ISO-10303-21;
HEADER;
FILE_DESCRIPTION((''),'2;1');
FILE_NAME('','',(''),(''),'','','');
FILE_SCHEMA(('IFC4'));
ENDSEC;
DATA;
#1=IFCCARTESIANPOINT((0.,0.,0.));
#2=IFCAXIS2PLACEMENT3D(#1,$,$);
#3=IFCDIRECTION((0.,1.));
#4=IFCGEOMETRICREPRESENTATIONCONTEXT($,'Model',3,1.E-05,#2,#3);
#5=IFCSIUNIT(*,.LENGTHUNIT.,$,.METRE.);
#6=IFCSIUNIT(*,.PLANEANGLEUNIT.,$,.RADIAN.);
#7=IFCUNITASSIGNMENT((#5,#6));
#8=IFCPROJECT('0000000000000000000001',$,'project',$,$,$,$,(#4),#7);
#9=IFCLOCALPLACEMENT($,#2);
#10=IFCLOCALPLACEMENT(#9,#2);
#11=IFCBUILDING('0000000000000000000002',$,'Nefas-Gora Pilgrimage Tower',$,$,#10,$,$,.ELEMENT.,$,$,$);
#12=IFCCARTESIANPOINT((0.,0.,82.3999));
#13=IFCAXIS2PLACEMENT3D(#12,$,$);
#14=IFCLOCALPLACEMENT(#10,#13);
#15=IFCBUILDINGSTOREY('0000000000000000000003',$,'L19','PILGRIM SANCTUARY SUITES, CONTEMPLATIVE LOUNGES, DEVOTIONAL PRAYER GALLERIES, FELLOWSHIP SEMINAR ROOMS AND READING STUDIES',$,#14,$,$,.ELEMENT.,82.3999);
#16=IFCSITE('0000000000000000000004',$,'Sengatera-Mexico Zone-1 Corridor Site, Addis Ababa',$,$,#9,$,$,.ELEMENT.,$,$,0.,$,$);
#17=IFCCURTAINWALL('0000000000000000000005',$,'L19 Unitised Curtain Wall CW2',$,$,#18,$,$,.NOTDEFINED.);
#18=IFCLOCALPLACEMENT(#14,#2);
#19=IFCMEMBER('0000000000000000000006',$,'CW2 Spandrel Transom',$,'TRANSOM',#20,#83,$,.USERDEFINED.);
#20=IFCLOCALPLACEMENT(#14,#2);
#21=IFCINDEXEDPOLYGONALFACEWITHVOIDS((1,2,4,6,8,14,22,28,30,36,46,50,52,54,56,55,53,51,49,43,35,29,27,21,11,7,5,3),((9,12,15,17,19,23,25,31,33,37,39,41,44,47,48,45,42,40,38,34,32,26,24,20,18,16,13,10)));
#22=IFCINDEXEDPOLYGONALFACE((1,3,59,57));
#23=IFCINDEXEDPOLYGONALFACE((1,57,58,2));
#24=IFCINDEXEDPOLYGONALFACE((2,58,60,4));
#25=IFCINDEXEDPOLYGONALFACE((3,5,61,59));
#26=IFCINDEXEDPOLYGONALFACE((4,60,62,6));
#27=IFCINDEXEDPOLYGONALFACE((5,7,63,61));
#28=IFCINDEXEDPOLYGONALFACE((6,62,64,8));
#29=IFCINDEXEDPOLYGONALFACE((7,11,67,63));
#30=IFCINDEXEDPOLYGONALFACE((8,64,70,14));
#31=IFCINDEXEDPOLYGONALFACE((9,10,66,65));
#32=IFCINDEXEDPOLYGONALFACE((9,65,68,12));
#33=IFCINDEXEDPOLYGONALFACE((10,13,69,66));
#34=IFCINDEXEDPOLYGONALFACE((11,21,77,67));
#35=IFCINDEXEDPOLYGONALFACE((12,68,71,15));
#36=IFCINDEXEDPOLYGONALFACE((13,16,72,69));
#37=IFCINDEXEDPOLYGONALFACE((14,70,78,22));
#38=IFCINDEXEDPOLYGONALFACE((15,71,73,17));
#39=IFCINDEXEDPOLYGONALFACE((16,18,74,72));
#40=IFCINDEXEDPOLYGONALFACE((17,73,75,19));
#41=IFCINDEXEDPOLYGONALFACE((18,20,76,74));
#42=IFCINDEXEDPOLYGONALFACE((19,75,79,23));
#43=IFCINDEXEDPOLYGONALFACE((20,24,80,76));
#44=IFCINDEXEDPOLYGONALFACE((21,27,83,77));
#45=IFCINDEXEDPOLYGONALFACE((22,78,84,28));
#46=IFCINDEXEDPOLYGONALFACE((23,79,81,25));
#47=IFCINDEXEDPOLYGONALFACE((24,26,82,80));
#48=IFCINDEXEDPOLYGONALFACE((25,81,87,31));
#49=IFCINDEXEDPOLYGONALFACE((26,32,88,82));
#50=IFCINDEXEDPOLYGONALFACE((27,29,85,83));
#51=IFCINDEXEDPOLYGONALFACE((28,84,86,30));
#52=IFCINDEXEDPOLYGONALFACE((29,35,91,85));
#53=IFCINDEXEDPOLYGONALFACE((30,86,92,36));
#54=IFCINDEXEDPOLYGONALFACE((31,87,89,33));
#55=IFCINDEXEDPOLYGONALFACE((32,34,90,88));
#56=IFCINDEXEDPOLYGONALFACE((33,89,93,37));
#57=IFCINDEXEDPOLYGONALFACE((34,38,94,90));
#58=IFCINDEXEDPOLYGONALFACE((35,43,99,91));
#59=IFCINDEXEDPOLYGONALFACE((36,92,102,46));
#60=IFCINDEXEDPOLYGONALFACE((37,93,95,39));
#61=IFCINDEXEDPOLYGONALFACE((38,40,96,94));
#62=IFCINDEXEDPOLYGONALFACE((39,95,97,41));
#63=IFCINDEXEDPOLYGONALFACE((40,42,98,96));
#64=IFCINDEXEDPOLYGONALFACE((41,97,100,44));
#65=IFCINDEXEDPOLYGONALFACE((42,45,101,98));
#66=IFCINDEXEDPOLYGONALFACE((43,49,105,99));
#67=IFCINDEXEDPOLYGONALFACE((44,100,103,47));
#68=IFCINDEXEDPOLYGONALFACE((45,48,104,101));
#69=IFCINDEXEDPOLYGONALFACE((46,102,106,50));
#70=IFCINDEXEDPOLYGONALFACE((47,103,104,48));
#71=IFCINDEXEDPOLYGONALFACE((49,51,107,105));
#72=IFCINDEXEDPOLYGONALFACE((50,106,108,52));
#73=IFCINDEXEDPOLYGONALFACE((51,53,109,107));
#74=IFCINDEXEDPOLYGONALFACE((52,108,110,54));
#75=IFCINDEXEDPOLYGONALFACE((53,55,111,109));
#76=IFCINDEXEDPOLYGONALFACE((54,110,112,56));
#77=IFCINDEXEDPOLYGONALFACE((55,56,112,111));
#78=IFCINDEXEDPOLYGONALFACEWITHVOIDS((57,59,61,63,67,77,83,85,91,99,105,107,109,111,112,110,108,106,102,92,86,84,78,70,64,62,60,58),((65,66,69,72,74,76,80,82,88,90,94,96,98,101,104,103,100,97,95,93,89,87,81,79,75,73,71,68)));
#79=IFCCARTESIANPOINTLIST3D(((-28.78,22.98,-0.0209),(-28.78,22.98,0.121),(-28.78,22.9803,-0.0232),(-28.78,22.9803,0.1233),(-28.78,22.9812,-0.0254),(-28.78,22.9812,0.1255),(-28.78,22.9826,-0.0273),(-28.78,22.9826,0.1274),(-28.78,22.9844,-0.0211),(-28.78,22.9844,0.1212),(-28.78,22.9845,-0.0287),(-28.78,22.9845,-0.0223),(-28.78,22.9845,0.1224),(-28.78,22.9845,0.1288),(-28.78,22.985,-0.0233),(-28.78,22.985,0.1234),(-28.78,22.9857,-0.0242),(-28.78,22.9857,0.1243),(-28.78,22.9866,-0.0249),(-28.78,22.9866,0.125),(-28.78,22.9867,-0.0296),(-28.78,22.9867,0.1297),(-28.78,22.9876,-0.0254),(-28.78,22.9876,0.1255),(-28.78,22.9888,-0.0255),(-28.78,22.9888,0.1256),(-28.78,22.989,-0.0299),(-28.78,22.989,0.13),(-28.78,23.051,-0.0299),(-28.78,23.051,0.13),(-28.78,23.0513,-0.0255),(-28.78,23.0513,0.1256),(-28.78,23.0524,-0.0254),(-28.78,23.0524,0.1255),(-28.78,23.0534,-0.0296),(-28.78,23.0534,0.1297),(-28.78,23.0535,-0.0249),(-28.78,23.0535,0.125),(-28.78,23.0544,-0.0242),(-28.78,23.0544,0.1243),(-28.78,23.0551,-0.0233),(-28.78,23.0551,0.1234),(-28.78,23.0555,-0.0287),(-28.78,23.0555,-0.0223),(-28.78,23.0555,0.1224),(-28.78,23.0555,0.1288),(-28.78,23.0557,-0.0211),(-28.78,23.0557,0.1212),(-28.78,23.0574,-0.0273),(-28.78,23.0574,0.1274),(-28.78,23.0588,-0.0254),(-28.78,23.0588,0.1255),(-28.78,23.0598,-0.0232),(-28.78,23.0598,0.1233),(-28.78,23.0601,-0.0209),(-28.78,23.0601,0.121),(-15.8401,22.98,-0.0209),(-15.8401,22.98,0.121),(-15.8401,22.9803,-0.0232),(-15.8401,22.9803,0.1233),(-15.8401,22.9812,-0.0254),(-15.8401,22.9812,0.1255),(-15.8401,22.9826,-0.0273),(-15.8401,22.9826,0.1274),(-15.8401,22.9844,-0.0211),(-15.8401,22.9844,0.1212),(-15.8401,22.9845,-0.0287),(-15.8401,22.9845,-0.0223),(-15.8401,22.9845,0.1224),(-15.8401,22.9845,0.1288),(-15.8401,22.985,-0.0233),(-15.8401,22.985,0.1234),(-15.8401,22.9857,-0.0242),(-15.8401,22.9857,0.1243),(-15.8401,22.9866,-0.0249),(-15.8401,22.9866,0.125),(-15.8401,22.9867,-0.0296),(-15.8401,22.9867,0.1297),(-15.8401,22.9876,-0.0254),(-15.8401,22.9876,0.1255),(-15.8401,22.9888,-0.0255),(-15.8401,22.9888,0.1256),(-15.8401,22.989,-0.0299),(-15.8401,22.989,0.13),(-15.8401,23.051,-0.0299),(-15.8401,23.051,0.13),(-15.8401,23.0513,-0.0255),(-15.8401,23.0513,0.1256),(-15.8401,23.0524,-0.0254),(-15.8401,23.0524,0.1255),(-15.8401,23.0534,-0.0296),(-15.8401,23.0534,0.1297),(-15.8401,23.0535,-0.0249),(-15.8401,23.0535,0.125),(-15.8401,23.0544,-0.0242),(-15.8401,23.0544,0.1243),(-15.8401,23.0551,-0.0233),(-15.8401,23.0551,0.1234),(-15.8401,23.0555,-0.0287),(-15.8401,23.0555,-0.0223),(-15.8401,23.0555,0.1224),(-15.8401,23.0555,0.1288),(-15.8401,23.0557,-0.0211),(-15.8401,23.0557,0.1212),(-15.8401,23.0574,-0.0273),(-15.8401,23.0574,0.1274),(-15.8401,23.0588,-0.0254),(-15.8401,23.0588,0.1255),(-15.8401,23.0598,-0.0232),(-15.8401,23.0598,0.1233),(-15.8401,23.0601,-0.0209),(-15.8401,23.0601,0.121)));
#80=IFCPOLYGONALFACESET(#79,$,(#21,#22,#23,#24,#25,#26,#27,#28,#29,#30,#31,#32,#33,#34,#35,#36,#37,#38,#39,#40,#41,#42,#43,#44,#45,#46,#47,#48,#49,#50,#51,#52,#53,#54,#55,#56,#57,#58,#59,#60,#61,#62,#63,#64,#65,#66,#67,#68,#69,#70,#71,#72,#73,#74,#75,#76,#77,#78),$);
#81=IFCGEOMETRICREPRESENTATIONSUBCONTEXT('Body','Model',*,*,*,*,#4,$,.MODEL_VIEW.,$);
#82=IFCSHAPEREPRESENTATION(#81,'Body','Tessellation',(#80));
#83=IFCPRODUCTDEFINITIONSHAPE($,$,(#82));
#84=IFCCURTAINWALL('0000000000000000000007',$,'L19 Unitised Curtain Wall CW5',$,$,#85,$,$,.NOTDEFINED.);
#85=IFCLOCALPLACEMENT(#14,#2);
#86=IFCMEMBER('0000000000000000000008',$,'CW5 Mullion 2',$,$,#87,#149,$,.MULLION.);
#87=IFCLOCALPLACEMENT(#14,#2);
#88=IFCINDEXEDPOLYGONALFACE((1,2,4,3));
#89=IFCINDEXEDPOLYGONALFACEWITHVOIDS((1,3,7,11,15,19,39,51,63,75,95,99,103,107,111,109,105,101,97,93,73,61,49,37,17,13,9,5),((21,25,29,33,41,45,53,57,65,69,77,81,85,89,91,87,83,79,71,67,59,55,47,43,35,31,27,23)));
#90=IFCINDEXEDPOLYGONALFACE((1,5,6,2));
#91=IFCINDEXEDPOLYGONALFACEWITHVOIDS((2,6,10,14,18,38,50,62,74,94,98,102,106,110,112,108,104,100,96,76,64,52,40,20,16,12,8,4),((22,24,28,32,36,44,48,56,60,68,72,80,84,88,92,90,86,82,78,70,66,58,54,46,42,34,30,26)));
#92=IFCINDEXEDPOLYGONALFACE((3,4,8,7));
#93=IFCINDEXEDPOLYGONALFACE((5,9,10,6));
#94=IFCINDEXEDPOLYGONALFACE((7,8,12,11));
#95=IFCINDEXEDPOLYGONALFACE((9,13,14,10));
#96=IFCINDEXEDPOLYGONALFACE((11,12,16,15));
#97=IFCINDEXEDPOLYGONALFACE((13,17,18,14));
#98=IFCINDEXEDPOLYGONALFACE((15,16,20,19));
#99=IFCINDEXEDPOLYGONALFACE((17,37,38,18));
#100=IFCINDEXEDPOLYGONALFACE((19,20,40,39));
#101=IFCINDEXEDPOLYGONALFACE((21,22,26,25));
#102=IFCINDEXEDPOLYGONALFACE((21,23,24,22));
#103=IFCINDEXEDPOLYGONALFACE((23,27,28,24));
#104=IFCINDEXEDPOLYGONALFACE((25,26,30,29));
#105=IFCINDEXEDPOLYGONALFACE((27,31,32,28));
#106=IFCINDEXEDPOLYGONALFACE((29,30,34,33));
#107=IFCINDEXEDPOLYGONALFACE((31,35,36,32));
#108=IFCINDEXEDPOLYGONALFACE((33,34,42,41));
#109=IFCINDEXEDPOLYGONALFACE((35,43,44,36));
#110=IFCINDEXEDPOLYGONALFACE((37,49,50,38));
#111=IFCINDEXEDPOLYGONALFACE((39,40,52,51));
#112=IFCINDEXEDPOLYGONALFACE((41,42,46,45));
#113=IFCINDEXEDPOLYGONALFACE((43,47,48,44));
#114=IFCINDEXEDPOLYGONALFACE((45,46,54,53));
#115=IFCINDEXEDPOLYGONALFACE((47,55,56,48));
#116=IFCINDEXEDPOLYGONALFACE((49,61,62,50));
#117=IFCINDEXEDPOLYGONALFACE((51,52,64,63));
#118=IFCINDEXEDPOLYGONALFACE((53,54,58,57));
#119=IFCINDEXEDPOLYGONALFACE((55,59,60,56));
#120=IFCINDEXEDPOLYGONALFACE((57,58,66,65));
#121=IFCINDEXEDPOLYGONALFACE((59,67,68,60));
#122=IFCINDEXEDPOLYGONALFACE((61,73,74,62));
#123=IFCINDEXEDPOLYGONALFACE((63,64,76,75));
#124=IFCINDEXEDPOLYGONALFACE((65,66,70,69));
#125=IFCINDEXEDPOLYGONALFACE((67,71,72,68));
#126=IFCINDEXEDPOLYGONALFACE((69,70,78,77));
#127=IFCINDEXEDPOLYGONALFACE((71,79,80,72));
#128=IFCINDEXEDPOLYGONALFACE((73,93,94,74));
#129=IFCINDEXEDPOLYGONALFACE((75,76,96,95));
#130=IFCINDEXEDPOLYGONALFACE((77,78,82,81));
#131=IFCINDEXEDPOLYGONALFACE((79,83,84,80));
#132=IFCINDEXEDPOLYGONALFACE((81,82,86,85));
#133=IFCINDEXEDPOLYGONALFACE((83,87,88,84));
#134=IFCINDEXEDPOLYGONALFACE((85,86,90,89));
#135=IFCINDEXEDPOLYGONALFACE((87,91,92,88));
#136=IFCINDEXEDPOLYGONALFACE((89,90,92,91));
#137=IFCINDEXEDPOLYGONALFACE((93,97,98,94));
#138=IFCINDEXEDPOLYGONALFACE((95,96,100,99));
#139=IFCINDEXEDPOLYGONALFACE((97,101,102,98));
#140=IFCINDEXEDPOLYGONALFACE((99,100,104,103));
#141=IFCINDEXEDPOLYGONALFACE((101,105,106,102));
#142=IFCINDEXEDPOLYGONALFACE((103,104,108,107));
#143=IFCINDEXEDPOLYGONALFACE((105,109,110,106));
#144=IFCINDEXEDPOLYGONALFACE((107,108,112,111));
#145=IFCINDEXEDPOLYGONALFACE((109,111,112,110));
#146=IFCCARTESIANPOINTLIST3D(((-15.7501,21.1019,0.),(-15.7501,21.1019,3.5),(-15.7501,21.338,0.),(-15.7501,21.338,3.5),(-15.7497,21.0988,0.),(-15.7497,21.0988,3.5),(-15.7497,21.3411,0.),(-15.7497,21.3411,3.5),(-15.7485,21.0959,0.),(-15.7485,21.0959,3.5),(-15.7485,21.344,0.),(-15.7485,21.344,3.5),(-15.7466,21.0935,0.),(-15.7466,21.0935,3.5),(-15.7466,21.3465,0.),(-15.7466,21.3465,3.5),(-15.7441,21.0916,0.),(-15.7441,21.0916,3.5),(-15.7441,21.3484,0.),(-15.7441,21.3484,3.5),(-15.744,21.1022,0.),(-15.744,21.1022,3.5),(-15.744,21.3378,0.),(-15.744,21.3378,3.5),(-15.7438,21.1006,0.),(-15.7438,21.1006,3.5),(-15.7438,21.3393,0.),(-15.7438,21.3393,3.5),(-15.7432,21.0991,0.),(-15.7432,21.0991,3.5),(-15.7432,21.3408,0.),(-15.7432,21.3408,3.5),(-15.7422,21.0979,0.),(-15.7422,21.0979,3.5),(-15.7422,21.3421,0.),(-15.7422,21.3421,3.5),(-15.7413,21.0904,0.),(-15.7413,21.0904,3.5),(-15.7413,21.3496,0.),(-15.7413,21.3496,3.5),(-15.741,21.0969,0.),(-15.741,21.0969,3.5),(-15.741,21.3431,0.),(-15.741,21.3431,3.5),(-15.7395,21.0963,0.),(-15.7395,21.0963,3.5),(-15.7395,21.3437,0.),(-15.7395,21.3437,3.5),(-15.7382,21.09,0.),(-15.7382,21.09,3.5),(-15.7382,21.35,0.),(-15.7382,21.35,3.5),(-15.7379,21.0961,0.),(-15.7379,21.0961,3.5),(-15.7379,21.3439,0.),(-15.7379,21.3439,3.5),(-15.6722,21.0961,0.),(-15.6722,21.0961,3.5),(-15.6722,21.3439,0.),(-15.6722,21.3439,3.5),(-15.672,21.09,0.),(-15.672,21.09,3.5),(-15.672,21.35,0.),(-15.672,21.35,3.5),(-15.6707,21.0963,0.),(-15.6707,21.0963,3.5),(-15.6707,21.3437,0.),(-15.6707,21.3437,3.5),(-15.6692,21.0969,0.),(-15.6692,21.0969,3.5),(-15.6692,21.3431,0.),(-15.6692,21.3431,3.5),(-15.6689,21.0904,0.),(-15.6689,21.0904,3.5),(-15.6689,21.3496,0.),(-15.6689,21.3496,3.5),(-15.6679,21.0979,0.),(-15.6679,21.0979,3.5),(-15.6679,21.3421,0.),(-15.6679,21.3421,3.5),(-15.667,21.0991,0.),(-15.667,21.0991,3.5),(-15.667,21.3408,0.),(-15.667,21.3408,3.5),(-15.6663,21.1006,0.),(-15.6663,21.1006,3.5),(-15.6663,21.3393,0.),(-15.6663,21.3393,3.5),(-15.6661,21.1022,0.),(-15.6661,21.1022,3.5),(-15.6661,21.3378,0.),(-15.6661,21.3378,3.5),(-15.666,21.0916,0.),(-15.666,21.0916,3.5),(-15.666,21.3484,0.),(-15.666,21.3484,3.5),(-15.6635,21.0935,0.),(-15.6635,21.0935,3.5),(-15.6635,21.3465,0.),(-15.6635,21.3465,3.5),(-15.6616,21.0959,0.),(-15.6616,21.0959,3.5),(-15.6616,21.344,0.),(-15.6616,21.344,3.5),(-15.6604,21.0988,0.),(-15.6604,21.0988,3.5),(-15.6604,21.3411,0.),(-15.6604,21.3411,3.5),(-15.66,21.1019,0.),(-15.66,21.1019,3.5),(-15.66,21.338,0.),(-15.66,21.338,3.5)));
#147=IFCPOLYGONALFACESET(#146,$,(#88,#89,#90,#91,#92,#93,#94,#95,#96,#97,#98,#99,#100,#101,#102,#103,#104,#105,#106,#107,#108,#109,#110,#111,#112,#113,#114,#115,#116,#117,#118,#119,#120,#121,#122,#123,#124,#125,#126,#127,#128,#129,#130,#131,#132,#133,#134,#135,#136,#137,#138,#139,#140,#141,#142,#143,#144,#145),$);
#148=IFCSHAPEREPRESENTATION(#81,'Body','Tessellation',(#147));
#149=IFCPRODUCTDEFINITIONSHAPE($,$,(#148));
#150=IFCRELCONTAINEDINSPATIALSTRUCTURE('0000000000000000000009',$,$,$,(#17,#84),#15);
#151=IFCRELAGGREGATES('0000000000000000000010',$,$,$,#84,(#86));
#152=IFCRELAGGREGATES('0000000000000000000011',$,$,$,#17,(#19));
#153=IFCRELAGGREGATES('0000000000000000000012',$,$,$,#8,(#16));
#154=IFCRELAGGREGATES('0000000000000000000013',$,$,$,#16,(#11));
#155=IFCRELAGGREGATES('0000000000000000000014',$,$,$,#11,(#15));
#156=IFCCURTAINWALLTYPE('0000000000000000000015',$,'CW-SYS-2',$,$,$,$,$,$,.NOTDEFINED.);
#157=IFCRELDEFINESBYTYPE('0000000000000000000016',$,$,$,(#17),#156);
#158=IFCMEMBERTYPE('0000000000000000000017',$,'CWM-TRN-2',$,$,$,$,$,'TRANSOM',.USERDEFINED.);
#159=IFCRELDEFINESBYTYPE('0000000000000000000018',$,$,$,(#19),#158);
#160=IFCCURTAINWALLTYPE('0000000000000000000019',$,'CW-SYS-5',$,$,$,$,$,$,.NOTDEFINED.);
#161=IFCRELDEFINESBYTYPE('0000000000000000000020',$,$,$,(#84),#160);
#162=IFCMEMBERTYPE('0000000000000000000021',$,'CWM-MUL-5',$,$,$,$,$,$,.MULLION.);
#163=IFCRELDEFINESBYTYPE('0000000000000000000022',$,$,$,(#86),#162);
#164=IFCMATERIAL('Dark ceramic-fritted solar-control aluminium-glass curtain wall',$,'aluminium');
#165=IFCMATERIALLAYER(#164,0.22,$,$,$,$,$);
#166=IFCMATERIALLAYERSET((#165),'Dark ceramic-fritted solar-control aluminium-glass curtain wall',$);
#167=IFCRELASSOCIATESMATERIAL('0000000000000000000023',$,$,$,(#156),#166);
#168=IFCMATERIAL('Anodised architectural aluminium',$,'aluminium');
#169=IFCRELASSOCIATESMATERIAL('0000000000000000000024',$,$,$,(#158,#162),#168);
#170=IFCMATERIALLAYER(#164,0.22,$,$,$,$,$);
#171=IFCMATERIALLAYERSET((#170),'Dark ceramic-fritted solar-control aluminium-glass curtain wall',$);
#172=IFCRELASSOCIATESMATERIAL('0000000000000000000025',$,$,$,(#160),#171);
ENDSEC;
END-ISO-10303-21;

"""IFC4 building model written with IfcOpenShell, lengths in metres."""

from ifc_helpers import new_model, si_unit, direction, frame, origin, origin_2d, place, context, subcontext, project, spatial, hollow_rectangle, extrude, source, transform, mapped, material, layer, layer_set, material_profile, profile_set, type_object, element, aggregate, save


model = new_model("IFC4")

# Units and contexts
model_context = context("Model", 3, precision=1e-05, world=origin(), true_north=direction((0.0, 1.0)))
body_context = subcontext(model_context, "Body", "Model", "MODEL_VIEW")
ifc_project = project(units=[si_unit("LENGTHUNIT", "METRE"), si_unit("PLANEANGLEUNIT", "RADIAN")], contexts=[model_context])

# Site, building, storey
site_placement = place(None, origin())
site = spatial("IfcSite", under=ifc_project, at=site_placement, Name="Sengatera-Mexico Zone-1 Corridor Site, Addis Ababa", CompositionType="ELEMENT", RefElevation=0.0)
building_placement = place(site_placement, origin())
building = spatial("IfcBuilding", under=site, at=building_placement, Name="Nefas-Gora Pilgrimage Tower", CompositionType="ELEMENT")
storey_placement = place(building_placement, frame((0.0, 0.0, 82.3999)))
storey = spatial("IfcBuildingStorey", under=building, at=storey_placement, Name="L19", Description="PILGRIM SANCTUARY SUITES, CONTEMPLATIVE LOUNGES, DEVOTIONAL PRAYER GALLERIES, FELLOWSHIP SEMINAR ROOMS AND READING STUDIES", CompositionType="ELEMENT", Elevation=82.3999)

# Curtain walls, members
ifc_material_1 = material(Name="Dark ceramic-fritted solar-control aluminium-glass curtain wall", Category="aluminium")
ifc_layer_1 = layer(ifc_material_1, 0.22)
ifc_layer_set_1 = layer_set([ifc_layer_1], Name="Dark ceramic-fritted solar-control aluminium-glass curtain wall")
curtain_wall_type_1 = type_object("IfcCurtainWallType", Name="CW-SYS-2", PredefinedType="NOTDEFINED", material=ifc_layer_set_1)
curtain_wall_1_placement = place(storey_placement, origin())
curtain_wall_1 = element("IfcCurtainWall", 1, at=curtain_wall_1_placement, inside=storey, type_object=curtain_wall_type_1, Name="L19 Unitised Curtain Wall CW2", PredefinedType="NOTDEFINED")
ifc_material_2 = material(Name="Anodised architectural aluminium", Category="aluminium")
ifc_material_profile_1 = material_profile(ifc_material_2, hollow_rectangle(XDim=0.0801, YDim=0.1599, WallThickness=0.0044, InnerFilletRadius=0.0044, OuterFilletRadius=0.009, at=origin_2d()), Name="ALU TRANSOM 80x160")
ifc_profile_set_1 = profile_set([ifc_material_profile_1], Name="Anodised architectural aluminium")
member_type_1 = type_object("IfcMemberType", Name="CWM-TRN-2", ElementType="TRANSOM", PredefinedType="USERDEFINED", material=ifc_profile_set_1)
shared_shape_1 = source(origin(), body_context, "Body", "SweptSolid", [
    extrude(hollow_rectangle(XDim=0.0801, YDim=0.1599, WallThickness=0.0044, InnerFilletRadius=0.0044, OuterFilletRadius=0.009, at=origin_2d()), origin(), (0.0, 0.0, 1.0), 12.9399),
])
member_1_placement = place(storey_placement, frame((-15.8401, 23.02, 0.05), z_axis=(-1.0, 0.0, 0.0), x_axis=(0.0, -1.0, 0.0)))
member_1 = element("IfcMember", 2, at=member_1_placement, type_object=member_type_1, Name="CW2 Spandrel Transom", ObjectType="TRANSOM", PredefinedType="USERDEFINED", context=body_context, shape_type="MappedRepresentation", body=[
    mapped(shared_shape_1, transform((0.0, 0.0, 0.0), x_axis=(1.0, 0.0, 0.0), y_axis=(0.0, 1.0, 0.0), z_axis=(0.0, 0.0, 1.0), scale=1.0)),
])
ifc_layer_2 = layer(ifc_material_1, 0.22)
ifc_layer_set_2 = layer_set([ifc_layer_2], Name="Dark ceramic-fritted solar-control aluminium-glass curtain wall")
curtain_wall_type_2 = type_object("IfcCurtainWallType", Name="CW-SYS-5", PredefinedType="NOTDEFINED", material=ifc_layer_set_2)
curtain_wall_2_placement = place(storey_placement, origin())
curtain_wall_2 = element("IfcCurtainWall", 3, at=curtain_wall_2_placement, inside=storey, type_object=curtain_wall_type_2, Name="L19 Unitised Curtain Wall CW5", PredefinedType="NOTDEFINED")
ifc_material_profile_2 = material_profile(ifc_material_2, hollow_rectangle(XDim=0.0901, YDim=0.26, WallThickness=0.0061, InnerFilletRadius=0.0061, OuterFilletRadius=0.012, at=origin_2d()), Name="ALU MULLION 90x260")
ifc_profile_set_2 = profile_set([ifc_material_profile_2], Name="Anodised architectural aluminium")
member_type_2 = type_object("IfcMemberType", Name="CWM-MUL-5", PredefinedType="MULLION", material=ifc_profile_set_2)
shared_shape_2 = source(origin(), body_context, "Body", "SweptSolid", [
    extrude(hollow_rectangle(XDim=0.0901, YDim=0.26, WallThickness=0.0061, InnerFilletRadius=0.0061, OuterFilletRadius=0.012, at=origin_2d()), origin(), (0.0, 0.0, 1.0), 3.5),
])
member_2_placement = place(storey_placement, frame((-15.7051, 21.22, 0.0), z_axis=(0.0, 0.0, 1.0), x_axis=(-1.0, 0.0, 0.0)))
member_2 = element("IfcMember", 4, at=member_2_placement, type_object=member_type_2, Name="CW5 Mullion 2", PredefinedType="MULLION", context=body_context, shape_type="MappedRepresentation", body=[
    mapped(shared_shape_2, transform((0.0, 0.0, 0.0), x_axis=(1.0, 0.0, 0.0), y_axis=(0.0, 1.0, 0.0), z_axis=(0.0, 0.0, 1.0), scale=1.0)),
])

aggregate(curtain_wall_2, [member_2])
aggregate(curtain_wall_1, [member_1])

save(model, "model.ifc")
